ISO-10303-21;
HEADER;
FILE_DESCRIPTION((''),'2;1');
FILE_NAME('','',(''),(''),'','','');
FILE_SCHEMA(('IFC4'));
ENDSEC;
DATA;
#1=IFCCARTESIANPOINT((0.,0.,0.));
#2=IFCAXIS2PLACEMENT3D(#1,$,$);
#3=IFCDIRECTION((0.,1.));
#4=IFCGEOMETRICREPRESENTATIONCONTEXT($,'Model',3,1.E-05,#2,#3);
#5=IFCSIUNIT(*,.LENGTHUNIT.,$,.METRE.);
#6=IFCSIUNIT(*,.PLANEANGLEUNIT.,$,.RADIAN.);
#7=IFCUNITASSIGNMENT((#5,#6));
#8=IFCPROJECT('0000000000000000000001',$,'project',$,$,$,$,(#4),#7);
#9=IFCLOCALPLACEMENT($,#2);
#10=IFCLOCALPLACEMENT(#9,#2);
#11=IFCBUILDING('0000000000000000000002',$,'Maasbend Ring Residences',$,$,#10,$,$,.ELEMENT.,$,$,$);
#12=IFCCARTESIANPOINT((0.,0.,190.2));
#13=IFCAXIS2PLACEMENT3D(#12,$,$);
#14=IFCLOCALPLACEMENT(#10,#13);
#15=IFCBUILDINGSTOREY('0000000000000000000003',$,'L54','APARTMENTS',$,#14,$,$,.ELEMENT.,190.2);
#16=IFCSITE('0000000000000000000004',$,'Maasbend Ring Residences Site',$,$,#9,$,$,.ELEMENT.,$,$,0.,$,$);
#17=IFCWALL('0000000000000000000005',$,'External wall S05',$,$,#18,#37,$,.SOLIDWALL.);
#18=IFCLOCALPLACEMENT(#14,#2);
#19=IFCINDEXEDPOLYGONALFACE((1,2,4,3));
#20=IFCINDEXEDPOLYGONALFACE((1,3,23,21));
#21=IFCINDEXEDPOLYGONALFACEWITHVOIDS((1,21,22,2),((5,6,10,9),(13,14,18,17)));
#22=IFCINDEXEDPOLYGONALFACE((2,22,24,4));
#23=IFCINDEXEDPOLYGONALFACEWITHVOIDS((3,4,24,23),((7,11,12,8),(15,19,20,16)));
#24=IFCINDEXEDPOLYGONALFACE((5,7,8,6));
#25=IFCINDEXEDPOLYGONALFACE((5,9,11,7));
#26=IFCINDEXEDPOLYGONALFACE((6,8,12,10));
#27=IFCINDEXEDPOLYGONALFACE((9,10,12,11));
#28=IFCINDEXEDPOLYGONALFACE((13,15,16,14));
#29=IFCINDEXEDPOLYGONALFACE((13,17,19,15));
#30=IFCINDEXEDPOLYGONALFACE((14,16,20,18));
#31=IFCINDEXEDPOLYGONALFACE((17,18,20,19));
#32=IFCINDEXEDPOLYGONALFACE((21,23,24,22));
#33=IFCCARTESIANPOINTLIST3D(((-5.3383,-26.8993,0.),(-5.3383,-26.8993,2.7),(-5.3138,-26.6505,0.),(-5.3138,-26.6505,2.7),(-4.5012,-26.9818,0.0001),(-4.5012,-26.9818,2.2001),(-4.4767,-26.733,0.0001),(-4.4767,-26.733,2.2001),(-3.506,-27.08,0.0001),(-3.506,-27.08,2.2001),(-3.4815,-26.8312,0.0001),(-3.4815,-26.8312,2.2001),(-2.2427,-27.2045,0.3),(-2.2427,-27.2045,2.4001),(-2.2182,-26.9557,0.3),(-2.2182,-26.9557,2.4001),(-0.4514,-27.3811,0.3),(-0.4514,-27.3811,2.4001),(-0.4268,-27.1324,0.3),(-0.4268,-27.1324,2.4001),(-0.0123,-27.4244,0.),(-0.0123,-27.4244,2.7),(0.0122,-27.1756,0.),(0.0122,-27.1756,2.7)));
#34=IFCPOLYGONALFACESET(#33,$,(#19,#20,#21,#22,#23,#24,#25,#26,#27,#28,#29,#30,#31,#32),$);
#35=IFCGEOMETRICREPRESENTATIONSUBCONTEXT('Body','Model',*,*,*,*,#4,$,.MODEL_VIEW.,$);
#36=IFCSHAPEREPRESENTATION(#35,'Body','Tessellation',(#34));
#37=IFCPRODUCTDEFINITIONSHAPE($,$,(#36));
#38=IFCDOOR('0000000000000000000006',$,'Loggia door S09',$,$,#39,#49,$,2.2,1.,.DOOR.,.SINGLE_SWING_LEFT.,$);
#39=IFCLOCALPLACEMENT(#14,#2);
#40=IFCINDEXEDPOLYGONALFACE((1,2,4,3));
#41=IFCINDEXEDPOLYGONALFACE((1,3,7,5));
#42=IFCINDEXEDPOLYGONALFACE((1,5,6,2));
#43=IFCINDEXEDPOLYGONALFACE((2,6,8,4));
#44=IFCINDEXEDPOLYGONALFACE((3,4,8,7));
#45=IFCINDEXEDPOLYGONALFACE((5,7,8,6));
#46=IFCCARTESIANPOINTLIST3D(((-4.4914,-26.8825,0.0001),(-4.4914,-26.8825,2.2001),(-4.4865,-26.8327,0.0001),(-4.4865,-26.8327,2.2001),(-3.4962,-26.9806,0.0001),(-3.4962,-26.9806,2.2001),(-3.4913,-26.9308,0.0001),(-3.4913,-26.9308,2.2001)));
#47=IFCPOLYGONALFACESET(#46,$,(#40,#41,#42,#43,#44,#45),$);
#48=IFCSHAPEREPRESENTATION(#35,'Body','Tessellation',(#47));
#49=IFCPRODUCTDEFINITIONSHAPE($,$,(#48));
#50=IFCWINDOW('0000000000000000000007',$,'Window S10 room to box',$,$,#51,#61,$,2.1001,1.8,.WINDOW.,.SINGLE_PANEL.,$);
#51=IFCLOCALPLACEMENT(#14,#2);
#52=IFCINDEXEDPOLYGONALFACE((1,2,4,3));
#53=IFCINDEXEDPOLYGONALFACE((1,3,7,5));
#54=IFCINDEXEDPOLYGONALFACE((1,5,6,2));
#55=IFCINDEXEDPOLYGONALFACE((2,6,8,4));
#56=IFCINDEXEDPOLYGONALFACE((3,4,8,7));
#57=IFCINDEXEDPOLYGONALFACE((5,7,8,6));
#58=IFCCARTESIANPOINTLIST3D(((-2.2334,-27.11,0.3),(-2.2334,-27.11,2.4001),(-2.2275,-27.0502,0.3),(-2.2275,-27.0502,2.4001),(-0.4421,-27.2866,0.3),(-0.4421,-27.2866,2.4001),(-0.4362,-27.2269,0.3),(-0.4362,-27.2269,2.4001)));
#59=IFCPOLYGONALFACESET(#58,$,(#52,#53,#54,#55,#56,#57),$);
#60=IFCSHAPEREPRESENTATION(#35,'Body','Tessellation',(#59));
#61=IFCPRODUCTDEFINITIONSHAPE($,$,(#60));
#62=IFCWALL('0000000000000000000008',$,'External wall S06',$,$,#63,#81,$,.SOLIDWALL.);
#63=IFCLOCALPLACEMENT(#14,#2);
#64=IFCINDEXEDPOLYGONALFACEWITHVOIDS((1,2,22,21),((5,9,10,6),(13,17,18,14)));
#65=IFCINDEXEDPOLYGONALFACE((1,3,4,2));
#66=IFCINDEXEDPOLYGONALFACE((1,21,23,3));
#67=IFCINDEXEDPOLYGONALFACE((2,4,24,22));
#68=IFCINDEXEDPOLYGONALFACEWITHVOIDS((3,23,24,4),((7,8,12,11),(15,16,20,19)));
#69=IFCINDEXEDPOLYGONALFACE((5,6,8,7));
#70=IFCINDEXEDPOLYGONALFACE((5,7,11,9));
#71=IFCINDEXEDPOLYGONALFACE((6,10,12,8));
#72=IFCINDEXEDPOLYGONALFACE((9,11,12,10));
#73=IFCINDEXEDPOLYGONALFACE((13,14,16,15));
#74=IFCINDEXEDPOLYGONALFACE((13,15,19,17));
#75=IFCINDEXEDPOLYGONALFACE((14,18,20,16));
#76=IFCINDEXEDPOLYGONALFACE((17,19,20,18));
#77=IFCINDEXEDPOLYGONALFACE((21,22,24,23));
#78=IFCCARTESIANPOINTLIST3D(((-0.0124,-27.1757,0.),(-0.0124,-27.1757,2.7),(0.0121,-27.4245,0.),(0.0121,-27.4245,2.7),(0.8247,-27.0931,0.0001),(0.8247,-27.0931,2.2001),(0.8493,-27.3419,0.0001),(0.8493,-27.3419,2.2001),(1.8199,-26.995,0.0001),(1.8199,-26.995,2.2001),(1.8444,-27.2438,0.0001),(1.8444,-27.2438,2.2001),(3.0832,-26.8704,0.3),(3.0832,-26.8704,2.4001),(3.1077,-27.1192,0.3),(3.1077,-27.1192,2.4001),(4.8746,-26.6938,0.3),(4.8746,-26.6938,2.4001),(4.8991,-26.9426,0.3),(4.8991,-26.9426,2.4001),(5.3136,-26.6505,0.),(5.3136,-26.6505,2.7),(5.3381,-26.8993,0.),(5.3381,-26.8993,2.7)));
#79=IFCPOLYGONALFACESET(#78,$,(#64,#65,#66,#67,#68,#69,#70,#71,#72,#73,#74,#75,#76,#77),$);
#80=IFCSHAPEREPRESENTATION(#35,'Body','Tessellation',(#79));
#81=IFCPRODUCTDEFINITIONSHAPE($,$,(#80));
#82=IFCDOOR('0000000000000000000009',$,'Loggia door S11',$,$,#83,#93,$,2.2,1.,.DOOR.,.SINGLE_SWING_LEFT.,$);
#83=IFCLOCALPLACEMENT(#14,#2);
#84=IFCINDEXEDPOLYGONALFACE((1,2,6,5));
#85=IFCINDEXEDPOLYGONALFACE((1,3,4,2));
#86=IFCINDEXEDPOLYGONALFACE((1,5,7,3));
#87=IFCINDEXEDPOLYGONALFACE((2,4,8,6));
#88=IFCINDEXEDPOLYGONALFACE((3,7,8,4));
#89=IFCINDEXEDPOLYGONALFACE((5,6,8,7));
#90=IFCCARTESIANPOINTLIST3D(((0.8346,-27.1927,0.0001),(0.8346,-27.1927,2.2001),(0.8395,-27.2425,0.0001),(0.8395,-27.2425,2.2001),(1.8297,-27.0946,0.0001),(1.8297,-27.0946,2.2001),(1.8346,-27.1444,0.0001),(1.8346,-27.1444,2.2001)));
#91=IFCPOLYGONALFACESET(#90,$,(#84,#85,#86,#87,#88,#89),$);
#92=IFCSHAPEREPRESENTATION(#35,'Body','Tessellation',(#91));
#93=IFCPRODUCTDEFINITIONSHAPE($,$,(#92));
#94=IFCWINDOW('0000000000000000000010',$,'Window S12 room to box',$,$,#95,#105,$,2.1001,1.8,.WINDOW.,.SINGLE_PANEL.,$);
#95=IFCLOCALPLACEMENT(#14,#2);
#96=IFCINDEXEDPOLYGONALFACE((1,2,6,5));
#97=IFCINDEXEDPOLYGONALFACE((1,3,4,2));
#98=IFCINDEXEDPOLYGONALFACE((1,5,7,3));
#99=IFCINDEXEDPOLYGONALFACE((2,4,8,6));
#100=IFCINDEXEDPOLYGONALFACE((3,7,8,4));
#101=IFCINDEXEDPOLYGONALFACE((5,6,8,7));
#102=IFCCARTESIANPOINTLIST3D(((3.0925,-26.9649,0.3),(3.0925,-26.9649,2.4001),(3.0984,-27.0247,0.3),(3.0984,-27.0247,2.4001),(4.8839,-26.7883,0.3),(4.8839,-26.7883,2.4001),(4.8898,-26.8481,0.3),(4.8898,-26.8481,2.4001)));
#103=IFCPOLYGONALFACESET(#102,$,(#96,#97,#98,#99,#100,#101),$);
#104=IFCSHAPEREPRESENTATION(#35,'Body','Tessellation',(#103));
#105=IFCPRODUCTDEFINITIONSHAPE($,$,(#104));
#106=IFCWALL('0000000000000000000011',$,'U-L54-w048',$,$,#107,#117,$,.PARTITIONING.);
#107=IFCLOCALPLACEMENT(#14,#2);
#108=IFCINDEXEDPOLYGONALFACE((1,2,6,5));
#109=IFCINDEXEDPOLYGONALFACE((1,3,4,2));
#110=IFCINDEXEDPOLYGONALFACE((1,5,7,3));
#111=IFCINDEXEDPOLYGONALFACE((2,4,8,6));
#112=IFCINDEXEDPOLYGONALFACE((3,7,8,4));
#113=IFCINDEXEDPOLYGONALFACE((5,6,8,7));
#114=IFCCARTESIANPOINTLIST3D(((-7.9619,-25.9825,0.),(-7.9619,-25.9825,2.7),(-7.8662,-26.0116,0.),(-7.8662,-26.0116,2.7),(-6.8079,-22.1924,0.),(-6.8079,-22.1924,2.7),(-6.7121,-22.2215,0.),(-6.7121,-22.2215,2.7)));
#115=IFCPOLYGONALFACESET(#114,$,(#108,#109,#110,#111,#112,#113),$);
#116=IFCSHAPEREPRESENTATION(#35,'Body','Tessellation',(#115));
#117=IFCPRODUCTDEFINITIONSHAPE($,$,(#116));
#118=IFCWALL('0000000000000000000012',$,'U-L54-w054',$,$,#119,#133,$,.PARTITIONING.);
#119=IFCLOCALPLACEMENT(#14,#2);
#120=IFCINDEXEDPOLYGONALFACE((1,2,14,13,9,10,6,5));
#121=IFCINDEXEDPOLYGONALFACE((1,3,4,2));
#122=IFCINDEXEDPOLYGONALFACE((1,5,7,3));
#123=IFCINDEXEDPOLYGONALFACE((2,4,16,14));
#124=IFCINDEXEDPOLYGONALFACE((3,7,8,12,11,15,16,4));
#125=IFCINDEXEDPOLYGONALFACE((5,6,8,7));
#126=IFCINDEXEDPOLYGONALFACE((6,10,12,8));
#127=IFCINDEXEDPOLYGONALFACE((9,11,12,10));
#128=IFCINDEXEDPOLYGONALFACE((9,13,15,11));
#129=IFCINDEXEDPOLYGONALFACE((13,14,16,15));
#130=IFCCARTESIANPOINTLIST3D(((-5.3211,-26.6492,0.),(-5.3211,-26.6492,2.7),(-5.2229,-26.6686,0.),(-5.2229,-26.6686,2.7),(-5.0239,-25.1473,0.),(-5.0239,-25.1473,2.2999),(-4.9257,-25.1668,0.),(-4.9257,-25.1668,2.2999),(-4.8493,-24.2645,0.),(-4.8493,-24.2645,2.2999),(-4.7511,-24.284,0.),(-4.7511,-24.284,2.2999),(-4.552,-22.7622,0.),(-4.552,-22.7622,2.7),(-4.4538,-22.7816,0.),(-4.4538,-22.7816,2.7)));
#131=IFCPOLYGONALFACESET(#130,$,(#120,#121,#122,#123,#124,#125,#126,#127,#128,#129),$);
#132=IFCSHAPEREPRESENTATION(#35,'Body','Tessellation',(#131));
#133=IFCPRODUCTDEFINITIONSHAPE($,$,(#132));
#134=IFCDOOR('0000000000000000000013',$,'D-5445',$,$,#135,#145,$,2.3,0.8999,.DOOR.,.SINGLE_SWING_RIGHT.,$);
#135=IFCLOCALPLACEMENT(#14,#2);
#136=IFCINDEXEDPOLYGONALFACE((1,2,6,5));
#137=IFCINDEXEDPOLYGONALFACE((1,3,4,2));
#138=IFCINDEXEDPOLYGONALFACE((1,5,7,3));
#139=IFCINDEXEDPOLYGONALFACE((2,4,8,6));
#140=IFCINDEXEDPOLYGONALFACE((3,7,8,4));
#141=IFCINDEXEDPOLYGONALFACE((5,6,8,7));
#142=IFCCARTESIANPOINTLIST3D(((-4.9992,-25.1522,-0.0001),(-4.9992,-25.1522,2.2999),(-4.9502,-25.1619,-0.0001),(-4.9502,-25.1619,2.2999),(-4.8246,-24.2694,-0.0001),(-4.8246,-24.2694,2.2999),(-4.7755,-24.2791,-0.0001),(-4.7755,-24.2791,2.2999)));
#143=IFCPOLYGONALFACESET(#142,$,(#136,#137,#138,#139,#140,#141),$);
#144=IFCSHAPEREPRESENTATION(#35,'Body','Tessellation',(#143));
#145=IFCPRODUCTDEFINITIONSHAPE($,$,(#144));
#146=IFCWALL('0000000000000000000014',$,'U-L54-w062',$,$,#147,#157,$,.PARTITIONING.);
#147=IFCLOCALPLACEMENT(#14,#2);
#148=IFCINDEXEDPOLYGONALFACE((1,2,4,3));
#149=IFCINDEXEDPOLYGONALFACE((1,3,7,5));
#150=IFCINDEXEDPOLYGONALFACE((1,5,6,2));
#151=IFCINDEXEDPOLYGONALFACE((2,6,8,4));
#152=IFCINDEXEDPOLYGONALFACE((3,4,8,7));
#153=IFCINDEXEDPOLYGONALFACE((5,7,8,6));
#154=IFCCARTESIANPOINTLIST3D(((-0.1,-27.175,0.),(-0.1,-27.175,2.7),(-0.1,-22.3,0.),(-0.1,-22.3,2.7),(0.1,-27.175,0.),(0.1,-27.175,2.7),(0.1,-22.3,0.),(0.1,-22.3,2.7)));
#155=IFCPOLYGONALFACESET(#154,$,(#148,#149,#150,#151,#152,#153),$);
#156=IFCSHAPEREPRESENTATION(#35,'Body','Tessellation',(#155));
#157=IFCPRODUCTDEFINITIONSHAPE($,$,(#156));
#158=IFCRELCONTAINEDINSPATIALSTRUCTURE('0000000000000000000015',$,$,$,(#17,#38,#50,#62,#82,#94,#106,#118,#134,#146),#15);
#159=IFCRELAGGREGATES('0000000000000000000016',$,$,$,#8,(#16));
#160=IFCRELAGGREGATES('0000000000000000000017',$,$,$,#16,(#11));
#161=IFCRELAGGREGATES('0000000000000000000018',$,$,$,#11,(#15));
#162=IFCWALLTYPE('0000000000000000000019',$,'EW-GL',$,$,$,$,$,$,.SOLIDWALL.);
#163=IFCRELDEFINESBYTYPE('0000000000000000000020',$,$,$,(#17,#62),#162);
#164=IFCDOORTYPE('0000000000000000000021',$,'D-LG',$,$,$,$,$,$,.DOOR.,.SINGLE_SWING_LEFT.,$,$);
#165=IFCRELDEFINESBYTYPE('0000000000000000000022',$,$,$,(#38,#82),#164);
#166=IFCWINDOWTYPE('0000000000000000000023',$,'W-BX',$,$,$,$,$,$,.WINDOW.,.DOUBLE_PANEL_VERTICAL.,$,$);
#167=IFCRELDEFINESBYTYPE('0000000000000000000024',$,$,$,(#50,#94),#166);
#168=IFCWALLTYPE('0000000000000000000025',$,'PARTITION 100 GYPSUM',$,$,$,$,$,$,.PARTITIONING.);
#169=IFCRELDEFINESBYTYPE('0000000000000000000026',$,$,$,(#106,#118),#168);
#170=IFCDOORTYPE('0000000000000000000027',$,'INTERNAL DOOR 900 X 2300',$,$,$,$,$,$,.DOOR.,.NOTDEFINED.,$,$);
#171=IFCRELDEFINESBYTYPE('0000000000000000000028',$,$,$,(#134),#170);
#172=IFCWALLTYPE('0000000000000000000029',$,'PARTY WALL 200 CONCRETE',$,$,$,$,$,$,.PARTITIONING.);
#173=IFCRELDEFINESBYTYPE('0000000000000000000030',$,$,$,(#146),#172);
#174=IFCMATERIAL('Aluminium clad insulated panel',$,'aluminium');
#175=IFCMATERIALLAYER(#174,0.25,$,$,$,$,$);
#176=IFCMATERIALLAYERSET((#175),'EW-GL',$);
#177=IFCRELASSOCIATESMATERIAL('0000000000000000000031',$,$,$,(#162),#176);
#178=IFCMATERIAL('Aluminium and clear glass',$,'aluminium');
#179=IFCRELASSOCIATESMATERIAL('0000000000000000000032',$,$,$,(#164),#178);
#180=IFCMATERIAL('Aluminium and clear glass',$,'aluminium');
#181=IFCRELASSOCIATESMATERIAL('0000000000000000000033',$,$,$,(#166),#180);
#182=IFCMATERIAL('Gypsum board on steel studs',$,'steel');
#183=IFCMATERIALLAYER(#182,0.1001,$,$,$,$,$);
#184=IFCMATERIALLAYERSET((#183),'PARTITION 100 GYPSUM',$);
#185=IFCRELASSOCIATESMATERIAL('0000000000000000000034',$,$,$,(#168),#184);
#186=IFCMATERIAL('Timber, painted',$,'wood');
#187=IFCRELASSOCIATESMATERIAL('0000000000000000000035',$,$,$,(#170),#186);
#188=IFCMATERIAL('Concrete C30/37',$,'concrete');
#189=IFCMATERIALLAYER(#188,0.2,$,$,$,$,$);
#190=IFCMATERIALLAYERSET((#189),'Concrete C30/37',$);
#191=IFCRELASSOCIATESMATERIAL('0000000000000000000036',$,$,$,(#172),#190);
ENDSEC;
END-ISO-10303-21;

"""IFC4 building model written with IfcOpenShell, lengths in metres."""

from ifc_helpers import new_model, si_unit, direction, frame, frame_2d, origin, place, context, subcontext, project, spatial, rectangle, extrude, material, layer, layer_set, type_object, element, fill, save


model = new_model("IFC4")

# Units and contexts
model_context = context("Model", 3, precision=1e-05, world=origin(), true_north=direction((0.0, 1.0)))
body_context = subcontext(model_context, "Body", "Model", "MODEL_VIEW")
ifc_project = project(units=[si_unit("LENGTHUNIT", "METRE"), si_unit("PLANEANGLEUNIT", "RADIAN")], contexts=[model_context])

# Site, building, storey
site_placement = place(None, origin())
site = spatial("IfcSite", under=ifc_project, at=site_placement, Name="Maasbend Ring Residences Site", CompositionType="ELEMENT", RefElevation=0.0)
building_placement = place(site_placement, origin())
building = spatial("IfcBuilding", under=site, at=building_placement, Name="Maasbend Ring Residences", CompositionType="ELEMENT")
storey_placement = place(building_placement, frame((0.0, 0.0, 190.2)))
storey = spatial("IfcBuildingStorey", under=building, at=storey_placement, Name="L54", Description="APARTMENTS", CompositionType="ELEMENT", Elevation=190.2)

# Walls, openings, doors, windows
ifc_material_1 = material(Name="Aluminium clad insulated panel", Category="aluminium")
ifc_layer_1 = layer(ifc_material_1, 0.25)
ifc_layer_set_1 = layer_set([ifc_layer_1], Name="EW-GL")
wall_type_1 = type_object("IfcWallType", Name="EW-GL", PredefinedType="SOLIDWALL", material=ifc_layer_set_1)
wall_1_placement = place(storey_placement, frame((-5.3259, -26.7749, 0.0), z_axis=(0.0, 0.0, 1.0), x_axis=(0.995174, -0.098126, 0.0)))
wall_1 = element("IfcWall", 1, at=wall_1_placement, inside=storey, type_object=wall_type_1, Name="External wall S05", PredefinedType="SOLIDWALL", context=body_context, shape_type="SweptSolid", body=[
    extrude(rectangle(XDim=5.3518, YDim=0.25, at=frame_2d((2.6758, 0.0))), origin(), (0.0, 0.0, 1.0), 2.7),
])
opening_1_placement = place(wall_1_placement, frame((0.8411, 0.0, 0.0)))
opening_1 = element("IfcOpeningElement", 2, at=opening_1_placement, cuts=wall_1, PredefinedType="OPENING", context=body_context, shape_type="SweptSolid", body=[
    extrude(rectangle(XDim=1.0, YDim=2.2, at=frame_2d((0.5, 1.1001))), frame((0.0, 0.135, 0.0), z_axis=(0.0, -1.0, 0.0), x_axis=(1.0, 0.0, 0.0)), (0.0, 0.0, 1.0), 0.27),
])
opening_2_placement = place(wall_1_placement, frame((3.1106, 0.0, 0.3)))
opening_2 = element("IfcOpeningElement", 3, at=opening_2_placement, cuts=wall_1, PredefinedType="OPENING", context=body_context, shape_type="SweptSolid", body=[
    extrude(rectangle(XDim=1.8, YDim=2.1001, at=frame_2d((0.8999, 1.05))), frame((0.0, 0.135, 0.0), z_axis=(0.0, -1.0, 0.0), x_axis=(1.0, 0.0, 0.0)), (0.0, 0.0, 1.0), 0.27),
])
ifc_material_2 = material(Name="Aluminium and clear glass", Category="aluminium")
door_type_1 = type_object("IfcDoorType", Name="D-LG", OperationType="SINGLE_SWING_LEFT", PredefinedType="DOOR", material=ifc_material_2)
door_1_placement = place(opening_1_placement, origin())
door_1 = element("IfcDoor", 4, at=door_1_placement, inside=storey, type_object=door_type_1, Name="Loggia door S09", OperationType="SINGLE_SWING_LEFT", OverallHeight=2.2, OverallWidth=1.0, PredefinedType="DOOR", context=body_context, shape_type="SweptSolid", body=[
    extrude(rectangle(XDim=1.0, YDim=2.2, at=frame_2d((0.5, 1.1001))), frame((0.0, 0.0249, 0.0), z_axis=(0.0, -1.0, 0.0), x_axis=(1.0, 0.0, 0.0)), (0.0, 0.0, 1.0), 0.05),
])
fill(opening_1, door_1)
ifc_material_3 = material(Name="Aluminium and clear glass", Category="aluminium")
window_type_1 = type_object("IfcWindowType", Name="W-BX", PartitioningType="DOUBLE_PANEL_VERTICAL", PredefinedType="WINDOW", material=ifc_material_3)
window_1_placement = place(opening_2_placement, origin())
window_1 = element("IfcWindow", 5, at=window_1_placement, inside=storey, type_object=window_type_1, Name="Window S10 room to box", OverallHeight=2.1001, OverallWidth=1.8, PartitioningType="SINGLE_PANEL", PredefinedType="WINDOW", context=body_context, shape_type="SweptSolid", body=[
    extrude(rectangle(XDim=1.8, YDim=2.1001, at=frame_2d((0.8999, 1.05))), frame((0.0, 0.03, 0.0), z_axis=(0.0, -1.0, 0.0), x_axis=(1.0, 0.0, 0.0)), (0.0, 0.0, 1.0), 0.0601),
])
fill(opening_2, window_1)
wall_2_placement = place(storey_placement, frame((0.0, -27.3, 0.0), z_axis=(0.0, 0.0, 1.0), x_axis=(0.995174, 0.098126, 0.0)))
wall_2 = element("IfcWall", 6, at=wall_2_placement, inside=storey, type_object=wall_type_1, Name="External wall S06", PredefinedType="SOLIDWALL", context=body_context, shape_type="SweptSolid", body=[
    extrude(rectangle(XDim=5.3518, YDim=0.25, at=frame_2d((2.6758, 0.0))), origin(), (0.0, 0.0, 1.0), 2.7),
])
opening_3_placement = place(wall_2_placement, frame((0.8411, 0.0, 0.0)))
opening_3 = element("IfcOpeningElement", 7, at=opening_3_placement, cuts=wall_2, PredefinedType="OPENING", context=body_context, shape_type="SweptSolid", body=[
    extrude(rectangle(XDim=1.0, YDim=2.2, at=frame_2d((0.5, 1.1001))), frame((0.0, 0.135, 0.0), z_axis=(0.0, -1.0, 0.0), x_axis=(1.0, 0.0, 0.0)), (0.0, 0.0, 1.0), 0.27),
])
opening_4_placement = place(wall_2_placement, frame((3.1106, 0.0, 0.3)))
opening_4 = element("IfcOpeningElement", 8, at=opening_4_placement, cuts=wall_2, PredefinedType="OPENING", context=body_context, shape_type="SweptSolid", body=[
    extrude(rectangle(XDim=1.8, YDim=2.1001, at=frame_2d((0.8999, 1.05))), frame((0.0, 0.135, 0.0), z_axis=(0.0, -1.0, 0.0), x_axis=(1.0, 0.0, 0.0)), (0.0, 0.0, 1.0), 0.27),
])
door_2_placement = place(opening_3_placement, origin())
door_2 = element("IfcDoor", 9, at=door_2_placement, inside=storey, type_object=door_type_1, Name="Loggia door S11", OperationType="SINGLE_SWING_LEFT", OverallHeight=2.2, OverallWidth=1.0, PredefinedType="DOOR", context=body_context, shape_type="SweptSolid", body=[
    extrude(rectangle(XDim=1.0, YDim=2.2, at=frame_2d((0.5, 1.1001))), frame((0.0, 0.0249, 0.0), z_axis=(0.0, -1.0, 0.0), x_axis=(1.0, 0.0, 0.0)), (0.0, 0.0, 1.0), 0.05),
])
fill(opening_3, door_2)
window_2_placement = place(opening_4_placement, origin())
window_2 = element("IfcWindow", 10, at=window_2_placement, inside=storey, type_object=window_type_1, Name="Window S12 room to box", OverallHeight=2.1001, OverallWidth=1.8, PartitioningType="SINGLE_PANEL", PredefinedType="WINDOW", context=body_context, shape_type="SweptSolid", body=[
    extrude(rectangle(XDim=1.8, YDim=2.1001, at=frame_2d((0.8999, 1.05))), frame((0.0, 0.03, 0.0), z_axis=(0.0, -1.0, 0.0), x_axis=(1.0, 0.0, 0.0)), (0.0, 0.0, 1.0), 0.0601),
])
fill(opening_4, window_2)

# Wall
ifc_material_4 = material(Name="Gypsum board on steel studs", Category="steel")
ifc_layer_2 = layer(ifc_material_4, 0.1001)
ifc_layer_set_2 = layer_set([ifc_layer_2], Name="PARTITION 100 GYPSUM")
wall_type_2 = type_object("IfcWallType", Name="PARTITION 100 GYPSUM", PredefinedType="PARTITIONING", material=ifc_layer_set_2)
wall_3_placement = place(storey_placement, frame((-7.9141, -25.9971, 0.0), z_axis=(0.0, 0.0, 1.0), x_axis=(0.291292, 0.956634, 0.0)))
element("IfcWall", 11, at=wall_3_placement, inside=storey, type_object=wall_type_2, Name="U-L54-w048", PredefinedType="PARTITIONING", context=body_context, shape_type="SweptSolid", body=[
    extrude(rectangle(XDim=3.9619, YDim=0.1001, at=frame_2d((1.981, 0.0))), origin(), (0.0, 0.0, 1.0), 2.7),
])

# Wall, opening, door
wall_4_placement = place(storey_placement, frame((-5.272, -26.6589, 0.0), z_axis=(0.0, 0.0, 1.0), x_axis=(0.19409, 0.980984, 0.0)))
wall_4 = element("IfcWall", 12, at=wall_4_placement, inside=storey, type_object=wall_type_2, Name="U-L54-w054", PredefinedType="PARTITIONING", context=body_context, shape_type="SweptSolid", body=[
    extrude(rectangle(XDim=3.9624, YDim=0.1001, at=frame_2d((1.9812, 0.0))), origin(), (0.0, 0.0, 1.0), 2.7),
])
opening_5_placement = place(wall_4_placement, frame((1.531, 0.0, 0.0)))
opening_5 = element("IfcOpeningElement", 13, at=opening_5_placement, cuts=wall_4, PredefinedType="OPENING", context=body_context, shape_type="SweptSolid", body=[
    extrude(rectangle(XDim=0.8999, YDim=2.3, at=frame_2d((0.45, 1.1499))), frame((0.0, 0.0601, 0.0), z_axis=(0.0, -1.0, 0.0), x_axis=(1.0, 0.0, 0.0)), (0.0, 0.0, 1.0), 0.1201),
])
ifc_material_5 = material(Name="Timber, painted", Category="wood")
door_type_2 = type_object("IfcDoorType", Name="INTERNAL DOOR 900 X 2300", OperationType="NOTDEFINED", PredefinedType="DOOR", material=ifc_material_5)
door_3_placement = place(opening_5_placement, origin())
door_3 = element("IfcDoor", 14, at=door_3_placement, inside=storey, type_object=door_type_2, Name="D-5445", OperationType="SINGLE_SWING_RIGHT", OverallHeight=2.3, OverallWidth=0.8999, PredefinedType="DOOR", context=body_context, shape_type="SweptSolid", body=[
    extrude(rectangle(XDim=0.8999, YDim=2.3, at=frame_2d((0.45, 1.1499))), frame((0.0, 0.0249, 0.0), z_axis=(0.0, -1.0, 0.0), x_axis=(1.0, 0.0, 0.0)), (0.0, 0.0, 1.0), 0.05),
])
fill(opening_5, door_3)

# Wall
ifc_material_6 = material(Name="Concrete C30/37", Category="concrete")
ifc_layer_3 = layer(ifc_material_6, 0.2)
ifc_layer_set_3 = layer_set([ifc_layer_3], Name="Concrete C30/37")
wall_type_3 = type_object("IfcWallType", Name="PARTY WALL 200 CONCRETE", PredefinedType="PARTITIONING", material=ifc_layer_set_3)
wall_5_placement = place(storey_placement, frame((0.0, -27.175, 0.0), z_axis=(0.0, 0.0, 1.0), x_axis=(0.0, 1.0, 0.0)))
element("IfcWall", 15, at=wall_5_placement, inside=storey, type_object=wall_type_3, Name="U-L54-w062", PredefinedType="PARTITIONING", context=body_context, shape_type="SweptSolid", body=[
    extrude(rectangle(XDim=4.875, YDim=0.2, at=frame_2d((2.4375, 0.0))), origin(), (0.0, 0.0, 1.0), 2.7),
])

save(model, "model.ifc")
